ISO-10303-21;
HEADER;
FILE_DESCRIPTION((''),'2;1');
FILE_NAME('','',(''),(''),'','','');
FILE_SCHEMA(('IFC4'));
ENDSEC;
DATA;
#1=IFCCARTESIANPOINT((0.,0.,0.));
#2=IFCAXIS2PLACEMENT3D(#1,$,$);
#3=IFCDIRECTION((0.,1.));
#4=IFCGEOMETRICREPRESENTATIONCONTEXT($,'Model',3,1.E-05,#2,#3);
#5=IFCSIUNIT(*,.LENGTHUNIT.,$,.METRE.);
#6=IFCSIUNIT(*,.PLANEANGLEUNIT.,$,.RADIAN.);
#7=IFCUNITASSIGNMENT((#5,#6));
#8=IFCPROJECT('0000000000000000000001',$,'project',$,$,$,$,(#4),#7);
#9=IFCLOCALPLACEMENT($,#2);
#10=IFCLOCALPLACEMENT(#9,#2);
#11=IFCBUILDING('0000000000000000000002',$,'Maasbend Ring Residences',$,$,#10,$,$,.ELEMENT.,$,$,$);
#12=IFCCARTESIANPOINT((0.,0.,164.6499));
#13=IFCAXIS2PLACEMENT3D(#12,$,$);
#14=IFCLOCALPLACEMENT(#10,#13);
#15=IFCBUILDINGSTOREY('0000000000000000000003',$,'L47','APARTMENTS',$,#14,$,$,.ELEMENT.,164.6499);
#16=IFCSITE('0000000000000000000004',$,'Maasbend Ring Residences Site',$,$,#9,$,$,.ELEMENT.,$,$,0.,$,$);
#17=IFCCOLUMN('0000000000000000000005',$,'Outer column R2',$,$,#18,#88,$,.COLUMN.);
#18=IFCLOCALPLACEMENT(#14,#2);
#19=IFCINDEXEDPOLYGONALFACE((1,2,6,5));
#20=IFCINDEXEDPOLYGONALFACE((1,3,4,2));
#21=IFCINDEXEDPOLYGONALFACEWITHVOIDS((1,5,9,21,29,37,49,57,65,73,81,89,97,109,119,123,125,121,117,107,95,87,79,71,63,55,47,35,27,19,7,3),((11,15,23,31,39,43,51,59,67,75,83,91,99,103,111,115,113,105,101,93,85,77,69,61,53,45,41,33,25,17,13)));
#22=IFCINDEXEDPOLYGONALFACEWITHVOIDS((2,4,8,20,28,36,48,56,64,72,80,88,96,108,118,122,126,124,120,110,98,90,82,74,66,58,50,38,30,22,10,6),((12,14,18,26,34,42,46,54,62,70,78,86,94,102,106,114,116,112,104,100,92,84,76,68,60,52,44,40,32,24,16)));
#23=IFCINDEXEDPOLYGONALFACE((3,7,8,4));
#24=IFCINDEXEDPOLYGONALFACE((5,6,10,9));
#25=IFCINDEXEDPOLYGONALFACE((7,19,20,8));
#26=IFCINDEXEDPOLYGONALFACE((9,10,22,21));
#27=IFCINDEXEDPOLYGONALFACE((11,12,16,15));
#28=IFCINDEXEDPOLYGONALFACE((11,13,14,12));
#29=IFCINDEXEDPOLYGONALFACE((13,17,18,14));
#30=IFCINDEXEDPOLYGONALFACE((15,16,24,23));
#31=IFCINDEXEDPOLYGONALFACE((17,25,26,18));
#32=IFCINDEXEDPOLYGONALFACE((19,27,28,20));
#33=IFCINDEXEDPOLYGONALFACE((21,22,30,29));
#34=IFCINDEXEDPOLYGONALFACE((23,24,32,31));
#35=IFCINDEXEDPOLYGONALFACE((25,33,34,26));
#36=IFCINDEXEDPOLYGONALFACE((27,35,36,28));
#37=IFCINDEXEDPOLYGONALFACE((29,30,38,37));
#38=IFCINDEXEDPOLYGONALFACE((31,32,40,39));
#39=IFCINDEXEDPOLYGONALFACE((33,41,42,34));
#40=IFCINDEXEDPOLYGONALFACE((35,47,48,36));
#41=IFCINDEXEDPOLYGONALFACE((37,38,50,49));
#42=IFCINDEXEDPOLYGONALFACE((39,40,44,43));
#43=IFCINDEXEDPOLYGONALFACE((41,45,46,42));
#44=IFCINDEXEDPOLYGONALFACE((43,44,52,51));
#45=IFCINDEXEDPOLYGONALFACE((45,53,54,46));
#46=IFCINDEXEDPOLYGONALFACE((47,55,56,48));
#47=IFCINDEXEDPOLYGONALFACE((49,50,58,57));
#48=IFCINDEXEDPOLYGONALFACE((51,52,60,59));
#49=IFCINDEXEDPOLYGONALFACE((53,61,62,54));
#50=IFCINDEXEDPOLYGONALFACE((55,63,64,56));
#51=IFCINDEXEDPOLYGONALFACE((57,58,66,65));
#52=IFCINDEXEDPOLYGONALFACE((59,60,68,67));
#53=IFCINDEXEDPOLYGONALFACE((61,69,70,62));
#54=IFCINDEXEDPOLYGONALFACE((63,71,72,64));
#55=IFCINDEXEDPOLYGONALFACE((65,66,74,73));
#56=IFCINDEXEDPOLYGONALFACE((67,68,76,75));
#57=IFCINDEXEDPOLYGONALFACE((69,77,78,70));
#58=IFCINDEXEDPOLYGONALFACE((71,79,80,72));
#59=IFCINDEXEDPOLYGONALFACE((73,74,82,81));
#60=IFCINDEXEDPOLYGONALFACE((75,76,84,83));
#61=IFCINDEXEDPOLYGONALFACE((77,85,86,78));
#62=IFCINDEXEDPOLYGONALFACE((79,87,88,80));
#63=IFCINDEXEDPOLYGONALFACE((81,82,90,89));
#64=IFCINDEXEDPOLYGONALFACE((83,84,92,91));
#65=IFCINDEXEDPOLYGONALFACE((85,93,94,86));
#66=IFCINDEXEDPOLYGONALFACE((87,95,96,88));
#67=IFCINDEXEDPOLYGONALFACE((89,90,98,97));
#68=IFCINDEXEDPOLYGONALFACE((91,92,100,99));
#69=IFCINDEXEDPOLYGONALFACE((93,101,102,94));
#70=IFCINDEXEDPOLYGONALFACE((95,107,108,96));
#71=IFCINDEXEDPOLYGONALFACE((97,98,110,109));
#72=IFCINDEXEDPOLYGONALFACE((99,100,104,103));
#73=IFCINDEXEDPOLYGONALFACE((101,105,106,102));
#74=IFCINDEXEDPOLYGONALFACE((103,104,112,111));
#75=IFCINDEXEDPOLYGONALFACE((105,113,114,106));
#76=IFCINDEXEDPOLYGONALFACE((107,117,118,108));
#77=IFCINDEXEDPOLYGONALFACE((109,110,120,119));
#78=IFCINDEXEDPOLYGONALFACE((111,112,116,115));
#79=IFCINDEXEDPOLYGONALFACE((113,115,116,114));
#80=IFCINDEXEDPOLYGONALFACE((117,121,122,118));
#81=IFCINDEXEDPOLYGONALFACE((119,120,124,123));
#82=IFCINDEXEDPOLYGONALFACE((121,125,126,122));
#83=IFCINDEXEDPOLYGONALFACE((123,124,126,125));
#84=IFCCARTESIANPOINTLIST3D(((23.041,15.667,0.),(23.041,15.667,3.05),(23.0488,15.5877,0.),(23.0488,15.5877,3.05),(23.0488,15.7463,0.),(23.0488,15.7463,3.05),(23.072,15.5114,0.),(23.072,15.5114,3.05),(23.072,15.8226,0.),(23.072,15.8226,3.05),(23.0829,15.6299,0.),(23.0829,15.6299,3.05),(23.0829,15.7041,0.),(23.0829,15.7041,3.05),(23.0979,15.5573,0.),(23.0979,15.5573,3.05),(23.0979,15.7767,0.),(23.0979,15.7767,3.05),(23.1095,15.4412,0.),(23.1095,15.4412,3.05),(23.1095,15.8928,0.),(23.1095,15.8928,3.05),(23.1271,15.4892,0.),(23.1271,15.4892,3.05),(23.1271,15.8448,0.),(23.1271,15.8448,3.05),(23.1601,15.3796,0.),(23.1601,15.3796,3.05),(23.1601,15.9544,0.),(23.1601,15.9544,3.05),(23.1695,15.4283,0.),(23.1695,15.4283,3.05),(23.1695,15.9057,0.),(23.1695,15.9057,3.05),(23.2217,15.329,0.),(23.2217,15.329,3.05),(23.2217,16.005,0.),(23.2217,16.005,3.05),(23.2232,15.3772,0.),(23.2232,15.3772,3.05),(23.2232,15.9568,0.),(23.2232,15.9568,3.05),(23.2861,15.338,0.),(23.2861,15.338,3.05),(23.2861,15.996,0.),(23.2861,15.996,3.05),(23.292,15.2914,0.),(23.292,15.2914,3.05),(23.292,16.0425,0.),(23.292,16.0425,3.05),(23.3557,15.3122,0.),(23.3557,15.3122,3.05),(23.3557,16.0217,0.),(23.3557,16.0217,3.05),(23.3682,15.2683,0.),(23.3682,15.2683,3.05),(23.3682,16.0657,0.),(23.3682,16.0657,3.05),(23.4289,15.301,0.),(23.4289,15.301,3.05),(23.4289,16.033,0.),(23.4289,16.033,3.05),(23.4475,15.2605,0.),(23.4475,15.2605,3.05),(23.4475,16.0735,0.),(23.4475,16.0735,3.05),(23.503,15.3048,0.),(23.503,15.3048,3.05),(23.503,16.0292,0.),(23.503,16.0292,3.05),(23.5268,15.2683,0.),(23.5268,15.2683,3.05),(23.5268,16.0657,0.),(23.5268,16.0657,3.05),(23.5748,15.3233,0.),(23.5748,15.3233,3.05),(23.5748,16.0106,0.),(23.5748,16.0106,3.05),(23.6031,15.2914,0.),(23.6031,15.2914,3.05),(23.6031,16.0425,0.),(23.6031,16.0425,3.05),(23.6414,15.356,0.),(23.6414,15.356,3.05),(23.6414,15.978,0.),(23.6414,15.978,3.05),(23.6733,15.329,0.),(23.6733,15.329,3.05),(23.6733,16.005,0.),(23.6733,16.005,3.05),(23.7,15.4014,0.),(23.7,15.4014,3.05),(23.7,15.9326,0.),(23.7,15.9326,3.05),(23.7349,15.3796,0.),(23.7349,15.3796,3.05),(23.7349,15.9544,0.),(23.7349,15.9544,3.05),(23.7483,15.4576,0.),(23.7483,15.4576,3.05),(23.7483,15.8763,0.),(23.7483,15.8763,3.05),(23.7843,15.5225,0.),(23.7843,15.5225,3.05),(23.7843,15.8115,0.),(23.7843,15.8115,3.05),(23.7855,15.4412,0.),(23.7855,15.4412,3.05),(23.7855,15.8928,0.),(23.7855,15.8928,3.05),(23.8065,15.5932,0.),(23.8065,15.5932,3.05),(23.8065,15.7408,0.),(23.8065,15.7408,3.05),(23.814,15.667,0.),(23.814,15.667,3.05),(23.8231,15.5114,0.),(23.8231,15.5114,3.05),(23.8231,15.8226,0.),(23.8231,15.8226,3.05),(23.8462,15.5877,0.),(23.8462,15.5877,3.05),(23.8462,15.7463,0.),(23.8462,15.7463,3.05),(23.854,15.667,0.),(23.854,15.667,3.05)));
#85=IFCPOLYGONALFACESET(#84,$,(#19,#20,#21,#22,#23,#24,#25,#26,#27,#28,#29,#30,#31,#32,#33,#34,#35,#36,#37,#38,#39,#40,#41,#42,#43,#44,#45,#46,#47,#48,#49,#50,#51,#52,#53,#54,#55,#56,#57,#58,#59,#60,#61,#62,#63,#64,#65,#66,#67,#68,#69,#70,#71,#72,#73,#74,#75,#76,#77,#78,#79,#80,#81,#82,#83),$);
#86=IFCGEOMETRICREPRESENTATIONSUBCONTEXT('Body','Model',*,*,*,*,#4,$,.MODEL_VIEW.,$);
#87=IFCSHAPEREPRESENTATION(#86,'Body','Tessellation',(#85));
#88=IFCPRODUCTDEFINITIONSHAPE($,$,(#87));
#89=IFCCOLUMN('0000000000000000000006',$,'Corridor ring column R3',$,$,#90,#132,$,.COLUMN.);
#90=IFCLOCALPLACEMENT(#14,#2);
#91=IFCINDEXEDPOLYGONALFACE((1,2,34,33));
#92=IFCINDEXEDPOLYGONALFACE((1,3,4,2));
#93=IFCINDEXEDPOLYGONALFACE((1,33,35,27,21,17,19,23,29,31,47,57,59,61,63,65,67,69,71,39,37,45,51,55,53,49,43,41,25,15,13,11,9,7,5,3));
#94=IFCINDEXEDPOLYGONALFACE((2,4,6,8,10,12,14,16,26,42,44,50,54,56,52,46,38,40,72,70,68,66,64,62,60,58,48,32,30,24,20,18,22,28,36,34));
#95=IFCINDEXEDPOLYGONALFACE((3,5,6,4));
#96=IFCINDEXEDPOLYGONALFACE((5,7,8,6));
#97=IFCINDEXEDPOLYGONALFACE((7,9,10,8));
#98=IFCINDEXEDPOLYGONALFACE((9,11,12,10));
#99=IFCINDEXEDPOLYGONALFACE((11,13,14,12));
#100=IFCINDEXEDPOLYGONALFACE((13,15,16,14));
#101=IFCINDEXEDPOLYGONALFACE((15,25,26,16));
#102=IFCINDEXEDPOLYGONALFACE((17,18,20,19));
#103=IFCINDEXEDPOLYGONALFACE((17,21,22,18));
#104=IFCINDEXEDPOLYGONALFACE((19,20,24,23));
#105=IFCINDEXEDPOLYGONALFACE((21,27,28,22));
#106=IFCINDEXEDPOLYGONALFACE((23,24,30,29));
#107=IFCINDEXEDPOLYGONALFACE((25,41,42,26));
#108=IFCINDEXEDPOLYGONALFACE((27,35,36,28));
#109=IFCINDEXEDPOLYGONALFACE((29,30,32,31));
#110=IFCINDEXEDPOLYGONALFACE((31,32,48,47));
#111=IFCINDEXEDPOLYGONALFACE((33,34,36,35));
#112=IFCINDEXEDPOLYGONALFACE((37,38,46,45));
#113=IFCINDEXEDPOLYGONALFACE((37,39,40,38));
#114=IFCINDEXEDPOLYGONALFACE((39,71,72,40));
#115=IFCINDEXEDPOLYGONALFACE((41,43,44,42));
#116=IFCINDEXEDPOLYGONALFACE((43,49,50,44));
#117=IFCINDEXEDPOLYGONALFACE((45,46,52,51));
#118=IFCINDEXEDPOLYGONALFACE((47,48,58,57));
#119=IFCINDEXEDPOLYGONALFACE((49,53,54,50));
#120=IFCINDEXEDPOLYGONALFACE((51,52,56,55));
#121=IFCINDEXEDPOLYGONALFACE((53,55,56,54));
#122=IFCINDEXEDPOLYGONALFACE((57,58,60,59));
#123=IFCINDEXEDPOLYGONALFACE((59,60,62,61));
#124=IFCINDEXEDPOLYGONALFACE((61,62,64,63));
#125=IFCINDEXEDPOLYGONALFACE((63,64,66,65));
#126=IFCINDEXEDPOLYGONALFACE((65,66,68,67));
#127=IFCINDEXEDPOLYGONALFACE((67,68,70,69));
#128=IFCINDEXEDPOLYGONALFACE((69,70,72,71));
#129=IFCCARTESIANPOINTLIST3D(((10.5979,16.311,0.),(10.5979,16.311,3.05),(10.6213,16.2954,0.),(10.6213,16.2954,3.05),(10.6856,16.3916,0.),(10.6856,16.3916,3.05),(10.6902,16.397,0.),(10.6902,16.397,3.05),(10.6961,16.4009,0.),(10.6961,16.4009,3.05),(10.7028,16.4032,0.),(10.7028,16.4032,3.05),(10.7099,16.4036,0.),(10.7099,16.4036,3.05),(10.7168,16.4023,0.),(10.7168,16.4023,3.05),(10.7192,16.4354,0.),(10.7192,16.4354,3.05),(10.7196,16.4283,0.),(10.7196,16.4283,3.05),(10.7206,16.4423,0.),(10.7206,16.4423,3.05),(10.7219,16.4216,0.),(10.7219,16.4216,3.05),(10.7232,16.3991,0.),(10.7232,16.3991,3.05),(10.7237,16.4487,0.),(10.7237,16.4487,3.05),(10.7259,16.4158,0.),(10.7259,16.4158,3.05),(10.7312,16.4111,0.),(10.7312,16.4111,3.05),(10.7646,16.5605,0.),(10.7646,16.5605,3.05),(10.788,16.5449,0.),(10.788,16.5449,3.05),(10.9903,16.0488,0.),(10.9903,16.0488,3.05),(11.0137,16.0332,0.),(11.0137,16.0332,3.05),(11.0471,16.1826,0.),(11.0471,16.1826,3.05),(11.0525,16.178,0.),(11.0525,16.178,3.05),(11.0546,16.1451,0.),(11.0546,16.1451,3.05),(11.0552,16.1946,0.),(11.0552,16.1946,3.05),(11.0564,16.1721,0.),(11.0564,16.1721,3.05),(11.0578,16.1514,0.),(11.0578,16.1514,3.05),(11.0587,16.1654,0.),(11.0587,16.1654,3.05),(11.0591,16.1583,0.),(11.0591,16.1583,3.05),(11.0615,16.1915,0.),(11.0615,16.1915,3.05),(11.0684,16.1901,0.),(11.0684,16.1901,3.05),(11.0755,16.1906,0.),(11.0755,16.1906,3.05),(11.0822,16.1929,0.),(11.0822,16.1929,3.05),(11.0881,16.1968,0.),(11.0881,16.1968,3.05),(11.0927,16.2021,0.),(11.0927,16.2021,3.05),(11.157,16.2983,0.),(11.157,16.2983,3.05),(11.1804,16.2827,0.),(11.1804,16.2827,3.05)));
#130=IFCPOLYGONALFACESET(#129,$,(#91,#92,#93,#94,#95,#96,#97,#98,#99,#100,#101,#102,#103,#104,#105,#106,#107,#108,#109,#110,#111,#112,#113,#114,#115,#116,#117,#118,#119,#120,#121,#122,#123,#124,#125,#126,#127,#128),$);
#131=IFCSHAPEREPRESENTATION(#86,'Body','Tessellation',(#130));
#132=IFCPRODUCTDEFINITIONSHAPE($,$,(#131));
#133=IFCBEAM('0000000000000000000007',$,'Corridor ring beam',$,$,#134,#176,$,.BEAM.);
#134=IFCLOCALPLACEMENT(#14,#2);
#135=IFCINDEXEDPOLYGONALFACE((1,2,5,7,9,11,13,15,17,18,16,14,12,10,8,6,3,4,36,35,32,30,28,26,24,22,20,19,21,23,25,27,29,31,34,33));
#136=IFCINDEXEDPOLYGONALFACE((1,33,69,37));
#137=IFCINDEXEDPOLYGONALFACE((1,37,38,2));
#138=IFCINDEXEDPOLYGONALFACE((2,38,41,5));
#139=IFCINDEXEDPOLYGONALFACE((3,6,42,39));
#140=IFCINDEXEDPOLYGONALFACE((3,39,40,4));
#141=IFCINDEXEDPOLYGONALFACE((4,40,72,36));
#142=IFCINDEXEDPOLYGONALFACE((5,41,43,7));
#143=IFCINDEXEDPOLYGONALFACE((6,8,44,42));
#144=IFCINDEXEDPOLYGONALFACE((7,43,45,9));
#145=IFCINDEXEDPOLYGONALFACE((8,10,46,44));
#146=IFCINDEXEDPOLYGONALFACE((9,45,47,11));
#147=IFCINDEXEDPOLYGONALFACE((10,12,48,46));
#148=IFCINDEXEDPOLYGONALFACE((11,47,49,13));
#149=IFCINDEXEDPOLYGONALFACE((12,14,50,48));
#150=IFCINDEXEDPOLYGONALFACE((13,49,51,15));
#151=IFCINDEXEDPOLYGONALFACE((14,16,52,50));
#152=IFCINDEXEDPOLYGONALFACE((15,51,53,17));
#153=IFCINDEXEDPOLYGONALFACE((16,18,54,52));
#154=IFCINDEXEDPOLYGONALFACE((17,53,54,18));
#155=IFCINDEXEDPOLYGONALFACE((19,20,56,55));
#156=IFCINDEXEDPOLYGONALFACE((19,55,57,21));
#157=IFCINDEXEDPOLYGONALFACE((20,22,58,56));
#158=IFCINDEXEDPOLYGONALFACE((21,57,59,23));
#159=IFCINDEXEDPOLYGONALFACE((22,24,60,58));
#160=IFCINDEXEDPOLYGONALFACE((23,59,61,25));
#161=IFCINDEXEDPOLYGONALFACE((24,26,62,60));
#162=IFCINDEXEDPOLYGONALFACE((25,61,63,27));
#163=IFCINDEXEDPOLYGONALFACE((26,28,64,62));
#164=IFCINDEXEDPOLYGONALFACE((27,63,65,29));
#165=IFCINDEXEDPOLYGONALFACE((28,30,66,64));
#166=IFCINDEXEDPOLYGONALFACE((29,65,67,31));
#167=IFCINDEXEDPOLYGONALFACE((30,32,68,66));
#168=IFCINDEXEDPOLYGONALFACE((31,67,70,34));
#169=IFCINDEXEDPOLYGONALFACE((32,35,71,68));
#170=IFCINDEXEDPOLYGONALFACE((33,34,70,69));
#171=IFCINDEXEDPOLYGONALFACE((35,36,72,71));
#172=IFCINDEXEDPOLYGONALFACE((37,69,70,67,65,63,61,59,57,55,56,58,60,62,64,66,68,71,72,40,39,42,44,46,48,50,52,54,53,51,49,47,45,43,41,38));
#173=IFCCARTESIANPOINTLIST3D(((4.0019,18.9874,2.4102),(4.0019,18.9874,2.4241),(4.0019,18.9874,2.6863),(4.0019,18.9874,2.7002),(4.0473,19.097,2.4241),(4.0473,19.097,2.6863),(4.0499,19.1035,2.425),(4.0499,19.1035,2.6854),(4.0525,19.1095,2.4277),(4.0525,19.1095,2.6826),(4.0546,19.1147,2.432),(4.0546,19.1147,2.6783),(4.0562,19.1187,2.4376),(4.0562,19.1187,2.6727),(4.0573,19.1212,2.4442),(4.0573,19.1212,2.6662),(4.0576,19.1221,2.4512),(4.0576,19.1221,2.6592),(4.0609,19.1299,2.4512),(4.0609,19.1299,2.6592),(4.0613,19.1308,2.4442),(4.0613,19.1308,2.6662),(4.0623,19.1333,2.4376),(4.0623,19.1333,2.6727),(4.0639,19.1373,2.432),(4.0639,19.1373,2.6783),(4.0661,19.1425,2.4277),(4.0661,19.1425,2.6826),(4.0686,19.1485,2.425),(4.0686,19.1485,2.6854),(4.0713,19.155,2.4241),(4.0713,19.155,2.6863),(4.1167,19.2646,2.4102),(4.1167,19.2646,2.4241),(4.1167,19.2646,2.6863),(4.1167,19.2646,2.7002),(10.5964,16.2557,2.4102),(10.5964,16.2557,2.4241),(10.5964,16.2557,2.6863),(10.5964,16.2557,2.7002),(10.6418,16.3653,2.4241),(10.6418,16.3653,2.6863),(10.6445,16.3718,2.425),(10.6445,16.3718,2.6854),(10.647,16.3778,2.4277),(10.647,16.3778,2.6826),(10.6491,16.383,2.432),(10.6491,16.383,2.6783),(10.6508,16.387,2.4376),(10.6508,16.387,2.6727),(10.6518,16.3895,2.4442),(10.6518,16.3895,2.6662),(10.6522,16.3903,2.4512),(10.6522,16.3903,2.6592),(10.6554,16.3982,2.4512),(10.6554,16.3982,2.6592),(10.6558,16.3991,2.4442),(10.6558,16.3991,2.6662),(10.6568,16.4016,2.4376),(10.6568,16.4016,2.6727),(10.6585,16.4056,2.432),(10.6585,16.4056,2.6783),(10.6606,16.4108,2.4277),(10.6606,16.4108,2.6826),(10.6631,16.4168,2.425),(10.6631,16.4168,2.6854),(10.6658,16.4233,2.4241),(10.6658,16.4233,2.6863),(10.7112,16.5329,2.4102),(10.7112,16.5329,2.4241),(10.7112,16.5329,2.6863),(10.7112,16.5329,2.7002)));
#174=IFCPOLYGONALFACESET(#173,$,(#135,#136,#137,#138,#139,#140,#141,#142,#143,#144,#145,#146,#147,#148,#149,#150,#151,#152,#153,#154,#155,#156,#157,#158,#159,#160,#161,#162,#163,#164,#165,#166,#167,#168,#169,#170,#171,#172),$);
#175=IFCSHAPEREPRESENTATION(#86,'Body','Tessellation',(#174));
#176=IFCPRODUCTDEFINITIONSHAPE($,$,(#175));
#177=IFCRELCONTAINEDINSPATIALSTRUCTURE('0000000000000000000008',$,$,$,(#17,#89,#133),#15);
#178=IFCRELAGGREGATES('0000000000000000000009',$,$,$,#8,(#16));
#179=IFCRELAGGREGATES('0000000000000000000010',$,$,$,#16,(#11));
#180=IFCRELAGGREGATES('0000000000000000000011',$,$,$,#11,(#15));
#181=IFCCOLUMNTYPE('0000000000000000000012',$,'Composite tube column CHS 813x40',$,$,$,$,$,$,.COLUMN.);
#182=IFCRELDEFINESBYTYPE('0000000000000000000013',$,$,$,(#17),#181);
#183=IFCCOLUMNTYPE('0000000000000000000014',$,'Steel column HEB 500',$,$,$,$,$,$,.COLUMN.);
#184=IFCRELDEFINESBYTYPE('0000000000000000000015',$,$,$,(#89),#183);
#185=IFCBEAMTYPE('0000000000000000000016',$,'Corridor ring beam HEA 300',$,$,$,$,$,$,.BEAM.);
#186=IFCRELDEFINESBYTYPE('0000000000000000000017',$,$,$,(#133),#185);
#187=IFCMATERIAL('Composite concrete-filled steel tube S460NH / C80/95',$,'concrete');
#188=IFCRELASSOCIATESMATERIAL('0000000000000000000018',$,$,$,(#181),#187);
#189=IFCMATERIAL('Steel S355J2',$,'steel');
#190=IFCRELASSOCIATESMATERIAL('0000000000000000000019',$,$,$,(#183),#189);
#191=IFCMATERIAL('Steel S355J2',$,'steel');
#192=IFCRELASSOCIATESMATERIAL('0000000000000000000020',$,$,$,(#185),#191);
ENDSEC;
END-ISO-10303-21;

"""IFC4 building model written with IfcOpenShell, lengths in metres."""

from ifc_helpers import new_model, si_unit, direction, frame, origin, origin_2d, place, context, subcontext, project, spatial, hollow_circle, i_section, extrude, material, material_profile, profile_set, type_object, element, save


model = new_model("IFC4")

# Units and contexts
model_context = context("Model", 3, precision=1e-05, world=origin(), true_north=direction((0.0, 1.0)))
body_context = subcontext(model_context, "Body", "Model", "MODEL_VIEW")
ifc_project = project(units=[si_unit("LENGTHUNIT", "METRE"), si_unit("PLANEANGLEUNIT", "RADIAN")], contexts=[model_context])

# Site, building, storey
site_placement = place(None, origin())
site = spatial("IfcSite", under=ifc_project, at=site_placement, Name="Maasbend Ring Residences Site", CompositionType="ELEMENT", RefElevation=0.0)
building_placement = place(site_placement, origin())
building = spatial("IfcBuilding", under=site, at=building_placement, Name="Maasbend Ring Residences", CompositionType="ELEMENT")
storey_placement = place(building_placement, frame((0.0, 0.0, 164.6499)))
storey = spatial("IfcBuildingStorey", under=building, at=storey_placement, Name="L47", Description="APARTMENTS", CompositionType="ELEMENT", Elevation=164.6499)

# Columns
ifc_material_1 = material(Name="Composite concrete-filled steel tube S460NH / C80/95", Category="concrete")
ifc_material_profile_1 = material_profile(ifc_material_1, hollow_circle(Radius=0.4065, WallThickness=0.04, at=origin_2d()), Name="Composite tube column CHS 813x40")
ifc_profile_set_1 = profile_set([ifc_material_profile_1], Name="Composite concrete-filled steel tube S460NH / C80/95")
column_type_1 = type_object("IfcColumnType", Name="Composite tube column CHS 813x40", PredefinedType="COLUMN", material=ifc_profile_set_1)
column_1_placement = place(storey_placement, frame((23.4475, 15.667, 0.0), z_axis=(0.0, 0.0, 1.0), x_axis=(1.0, 0.0, 0.0)))
element("IfcColumn", 1, at=column_1_placement, inside=storey, type_object=column_type_1, Name="Outer column R2", PredefinedType="COLUMN", context=body_context, shape_type="SweptSolid", body=[
    extrude(hollow_circle(Radius=0.4065, WallThickness=0.04, at=origin_2d()), origin(), (0.0, 0.0, 1.0), 3.05),
])
ifc_material_2 = material(Name="Steel S355J2", Category="steel")
ifc_material_profile_2 = material_profile(ifc_material_2, i_section(OverallWidth=0.3, OverallDepth=0.5, WebThickness=0.0144, FlangeThickness=0.0281, FilletRadius=0.0271, at=origin_2d()), Name="HEB 500")
ifc_profile_set_2 = profile_set([ifc_material_profile_2], Name="Steel S355J2")
column_type_2 = type_object("IfcColumnType", Name="Steel column HEB 500", PredefinedType="COLUMN", material=ifc_profile_set_2)
column_2_placement = place(storey_placement, frame((10.8892, 16.2969, 0.0), z_axis=(0.0, 0.0, 1.0), x_axis=(0.55557, 0.83147, 0.0)))
element("IfcColumn", 2, at=column_2_placement, inside=storey, type_object=column_type_2, Name="Corridor ring column R3", PredefinedType="COLUMN", context=body_context, shape_type="SweptSolid", body=[
    extrude(i_section(OverallWidth=0.3, OverallDepth=0.5, WebThickness=0.0144, FlangeThickness=0.0281, FilletRadius=0.0271, at=origin_2d()), origin(), (0.0, 0.0, 1.0), 3.05),
])

# Beam
ifc_material_3 = material(Name="Steel S355J2", Category="steel")
ifc_material_profile_3 = material_profile(ifc_material_3, i_section(OverallWidth=0.3, OverallDepth=0.29, WebThickness=0.0085, FlangeThickness=0.0139, FilletRadius=0.0271, at=origin_2d()), Name="HEA 300")
ifc_profile_set_3 = profile_set([ifc_material_profile_3], Name="Steel S355J2")
beam_type_1 = type_object("IfcBeamType", Name="Corridor ring beam HEA 300", PredefinedType="BEAM", material=ifc_profile_set_3)
beam_1_placement = place(storey_placement, frame((10.6538, 16.3943, 2.5552), z_axis=(-0.923871, 0.382703, 0.0), x_axis=(-0.382703, -0.923871, 0.0)))
element("IfcBeam", 3, at=beam_1_placement, inside=storey, type_object=beam_type_1, Name="Corridor ring beam", PredefinedType="BEAM", context=body_context, shape_type="SweptSolid", body=[
    extrude(i_section(OverallWidth=0.3, OverallDepth=0.29, WebThickness=0.0085, FlangeThickness=0.0139, FilletRadius=0.0271, at=origin_2d()), origin(), (0.0, 0.0, 1.0), 7.1379),
])

save(model, "model.ifc")
